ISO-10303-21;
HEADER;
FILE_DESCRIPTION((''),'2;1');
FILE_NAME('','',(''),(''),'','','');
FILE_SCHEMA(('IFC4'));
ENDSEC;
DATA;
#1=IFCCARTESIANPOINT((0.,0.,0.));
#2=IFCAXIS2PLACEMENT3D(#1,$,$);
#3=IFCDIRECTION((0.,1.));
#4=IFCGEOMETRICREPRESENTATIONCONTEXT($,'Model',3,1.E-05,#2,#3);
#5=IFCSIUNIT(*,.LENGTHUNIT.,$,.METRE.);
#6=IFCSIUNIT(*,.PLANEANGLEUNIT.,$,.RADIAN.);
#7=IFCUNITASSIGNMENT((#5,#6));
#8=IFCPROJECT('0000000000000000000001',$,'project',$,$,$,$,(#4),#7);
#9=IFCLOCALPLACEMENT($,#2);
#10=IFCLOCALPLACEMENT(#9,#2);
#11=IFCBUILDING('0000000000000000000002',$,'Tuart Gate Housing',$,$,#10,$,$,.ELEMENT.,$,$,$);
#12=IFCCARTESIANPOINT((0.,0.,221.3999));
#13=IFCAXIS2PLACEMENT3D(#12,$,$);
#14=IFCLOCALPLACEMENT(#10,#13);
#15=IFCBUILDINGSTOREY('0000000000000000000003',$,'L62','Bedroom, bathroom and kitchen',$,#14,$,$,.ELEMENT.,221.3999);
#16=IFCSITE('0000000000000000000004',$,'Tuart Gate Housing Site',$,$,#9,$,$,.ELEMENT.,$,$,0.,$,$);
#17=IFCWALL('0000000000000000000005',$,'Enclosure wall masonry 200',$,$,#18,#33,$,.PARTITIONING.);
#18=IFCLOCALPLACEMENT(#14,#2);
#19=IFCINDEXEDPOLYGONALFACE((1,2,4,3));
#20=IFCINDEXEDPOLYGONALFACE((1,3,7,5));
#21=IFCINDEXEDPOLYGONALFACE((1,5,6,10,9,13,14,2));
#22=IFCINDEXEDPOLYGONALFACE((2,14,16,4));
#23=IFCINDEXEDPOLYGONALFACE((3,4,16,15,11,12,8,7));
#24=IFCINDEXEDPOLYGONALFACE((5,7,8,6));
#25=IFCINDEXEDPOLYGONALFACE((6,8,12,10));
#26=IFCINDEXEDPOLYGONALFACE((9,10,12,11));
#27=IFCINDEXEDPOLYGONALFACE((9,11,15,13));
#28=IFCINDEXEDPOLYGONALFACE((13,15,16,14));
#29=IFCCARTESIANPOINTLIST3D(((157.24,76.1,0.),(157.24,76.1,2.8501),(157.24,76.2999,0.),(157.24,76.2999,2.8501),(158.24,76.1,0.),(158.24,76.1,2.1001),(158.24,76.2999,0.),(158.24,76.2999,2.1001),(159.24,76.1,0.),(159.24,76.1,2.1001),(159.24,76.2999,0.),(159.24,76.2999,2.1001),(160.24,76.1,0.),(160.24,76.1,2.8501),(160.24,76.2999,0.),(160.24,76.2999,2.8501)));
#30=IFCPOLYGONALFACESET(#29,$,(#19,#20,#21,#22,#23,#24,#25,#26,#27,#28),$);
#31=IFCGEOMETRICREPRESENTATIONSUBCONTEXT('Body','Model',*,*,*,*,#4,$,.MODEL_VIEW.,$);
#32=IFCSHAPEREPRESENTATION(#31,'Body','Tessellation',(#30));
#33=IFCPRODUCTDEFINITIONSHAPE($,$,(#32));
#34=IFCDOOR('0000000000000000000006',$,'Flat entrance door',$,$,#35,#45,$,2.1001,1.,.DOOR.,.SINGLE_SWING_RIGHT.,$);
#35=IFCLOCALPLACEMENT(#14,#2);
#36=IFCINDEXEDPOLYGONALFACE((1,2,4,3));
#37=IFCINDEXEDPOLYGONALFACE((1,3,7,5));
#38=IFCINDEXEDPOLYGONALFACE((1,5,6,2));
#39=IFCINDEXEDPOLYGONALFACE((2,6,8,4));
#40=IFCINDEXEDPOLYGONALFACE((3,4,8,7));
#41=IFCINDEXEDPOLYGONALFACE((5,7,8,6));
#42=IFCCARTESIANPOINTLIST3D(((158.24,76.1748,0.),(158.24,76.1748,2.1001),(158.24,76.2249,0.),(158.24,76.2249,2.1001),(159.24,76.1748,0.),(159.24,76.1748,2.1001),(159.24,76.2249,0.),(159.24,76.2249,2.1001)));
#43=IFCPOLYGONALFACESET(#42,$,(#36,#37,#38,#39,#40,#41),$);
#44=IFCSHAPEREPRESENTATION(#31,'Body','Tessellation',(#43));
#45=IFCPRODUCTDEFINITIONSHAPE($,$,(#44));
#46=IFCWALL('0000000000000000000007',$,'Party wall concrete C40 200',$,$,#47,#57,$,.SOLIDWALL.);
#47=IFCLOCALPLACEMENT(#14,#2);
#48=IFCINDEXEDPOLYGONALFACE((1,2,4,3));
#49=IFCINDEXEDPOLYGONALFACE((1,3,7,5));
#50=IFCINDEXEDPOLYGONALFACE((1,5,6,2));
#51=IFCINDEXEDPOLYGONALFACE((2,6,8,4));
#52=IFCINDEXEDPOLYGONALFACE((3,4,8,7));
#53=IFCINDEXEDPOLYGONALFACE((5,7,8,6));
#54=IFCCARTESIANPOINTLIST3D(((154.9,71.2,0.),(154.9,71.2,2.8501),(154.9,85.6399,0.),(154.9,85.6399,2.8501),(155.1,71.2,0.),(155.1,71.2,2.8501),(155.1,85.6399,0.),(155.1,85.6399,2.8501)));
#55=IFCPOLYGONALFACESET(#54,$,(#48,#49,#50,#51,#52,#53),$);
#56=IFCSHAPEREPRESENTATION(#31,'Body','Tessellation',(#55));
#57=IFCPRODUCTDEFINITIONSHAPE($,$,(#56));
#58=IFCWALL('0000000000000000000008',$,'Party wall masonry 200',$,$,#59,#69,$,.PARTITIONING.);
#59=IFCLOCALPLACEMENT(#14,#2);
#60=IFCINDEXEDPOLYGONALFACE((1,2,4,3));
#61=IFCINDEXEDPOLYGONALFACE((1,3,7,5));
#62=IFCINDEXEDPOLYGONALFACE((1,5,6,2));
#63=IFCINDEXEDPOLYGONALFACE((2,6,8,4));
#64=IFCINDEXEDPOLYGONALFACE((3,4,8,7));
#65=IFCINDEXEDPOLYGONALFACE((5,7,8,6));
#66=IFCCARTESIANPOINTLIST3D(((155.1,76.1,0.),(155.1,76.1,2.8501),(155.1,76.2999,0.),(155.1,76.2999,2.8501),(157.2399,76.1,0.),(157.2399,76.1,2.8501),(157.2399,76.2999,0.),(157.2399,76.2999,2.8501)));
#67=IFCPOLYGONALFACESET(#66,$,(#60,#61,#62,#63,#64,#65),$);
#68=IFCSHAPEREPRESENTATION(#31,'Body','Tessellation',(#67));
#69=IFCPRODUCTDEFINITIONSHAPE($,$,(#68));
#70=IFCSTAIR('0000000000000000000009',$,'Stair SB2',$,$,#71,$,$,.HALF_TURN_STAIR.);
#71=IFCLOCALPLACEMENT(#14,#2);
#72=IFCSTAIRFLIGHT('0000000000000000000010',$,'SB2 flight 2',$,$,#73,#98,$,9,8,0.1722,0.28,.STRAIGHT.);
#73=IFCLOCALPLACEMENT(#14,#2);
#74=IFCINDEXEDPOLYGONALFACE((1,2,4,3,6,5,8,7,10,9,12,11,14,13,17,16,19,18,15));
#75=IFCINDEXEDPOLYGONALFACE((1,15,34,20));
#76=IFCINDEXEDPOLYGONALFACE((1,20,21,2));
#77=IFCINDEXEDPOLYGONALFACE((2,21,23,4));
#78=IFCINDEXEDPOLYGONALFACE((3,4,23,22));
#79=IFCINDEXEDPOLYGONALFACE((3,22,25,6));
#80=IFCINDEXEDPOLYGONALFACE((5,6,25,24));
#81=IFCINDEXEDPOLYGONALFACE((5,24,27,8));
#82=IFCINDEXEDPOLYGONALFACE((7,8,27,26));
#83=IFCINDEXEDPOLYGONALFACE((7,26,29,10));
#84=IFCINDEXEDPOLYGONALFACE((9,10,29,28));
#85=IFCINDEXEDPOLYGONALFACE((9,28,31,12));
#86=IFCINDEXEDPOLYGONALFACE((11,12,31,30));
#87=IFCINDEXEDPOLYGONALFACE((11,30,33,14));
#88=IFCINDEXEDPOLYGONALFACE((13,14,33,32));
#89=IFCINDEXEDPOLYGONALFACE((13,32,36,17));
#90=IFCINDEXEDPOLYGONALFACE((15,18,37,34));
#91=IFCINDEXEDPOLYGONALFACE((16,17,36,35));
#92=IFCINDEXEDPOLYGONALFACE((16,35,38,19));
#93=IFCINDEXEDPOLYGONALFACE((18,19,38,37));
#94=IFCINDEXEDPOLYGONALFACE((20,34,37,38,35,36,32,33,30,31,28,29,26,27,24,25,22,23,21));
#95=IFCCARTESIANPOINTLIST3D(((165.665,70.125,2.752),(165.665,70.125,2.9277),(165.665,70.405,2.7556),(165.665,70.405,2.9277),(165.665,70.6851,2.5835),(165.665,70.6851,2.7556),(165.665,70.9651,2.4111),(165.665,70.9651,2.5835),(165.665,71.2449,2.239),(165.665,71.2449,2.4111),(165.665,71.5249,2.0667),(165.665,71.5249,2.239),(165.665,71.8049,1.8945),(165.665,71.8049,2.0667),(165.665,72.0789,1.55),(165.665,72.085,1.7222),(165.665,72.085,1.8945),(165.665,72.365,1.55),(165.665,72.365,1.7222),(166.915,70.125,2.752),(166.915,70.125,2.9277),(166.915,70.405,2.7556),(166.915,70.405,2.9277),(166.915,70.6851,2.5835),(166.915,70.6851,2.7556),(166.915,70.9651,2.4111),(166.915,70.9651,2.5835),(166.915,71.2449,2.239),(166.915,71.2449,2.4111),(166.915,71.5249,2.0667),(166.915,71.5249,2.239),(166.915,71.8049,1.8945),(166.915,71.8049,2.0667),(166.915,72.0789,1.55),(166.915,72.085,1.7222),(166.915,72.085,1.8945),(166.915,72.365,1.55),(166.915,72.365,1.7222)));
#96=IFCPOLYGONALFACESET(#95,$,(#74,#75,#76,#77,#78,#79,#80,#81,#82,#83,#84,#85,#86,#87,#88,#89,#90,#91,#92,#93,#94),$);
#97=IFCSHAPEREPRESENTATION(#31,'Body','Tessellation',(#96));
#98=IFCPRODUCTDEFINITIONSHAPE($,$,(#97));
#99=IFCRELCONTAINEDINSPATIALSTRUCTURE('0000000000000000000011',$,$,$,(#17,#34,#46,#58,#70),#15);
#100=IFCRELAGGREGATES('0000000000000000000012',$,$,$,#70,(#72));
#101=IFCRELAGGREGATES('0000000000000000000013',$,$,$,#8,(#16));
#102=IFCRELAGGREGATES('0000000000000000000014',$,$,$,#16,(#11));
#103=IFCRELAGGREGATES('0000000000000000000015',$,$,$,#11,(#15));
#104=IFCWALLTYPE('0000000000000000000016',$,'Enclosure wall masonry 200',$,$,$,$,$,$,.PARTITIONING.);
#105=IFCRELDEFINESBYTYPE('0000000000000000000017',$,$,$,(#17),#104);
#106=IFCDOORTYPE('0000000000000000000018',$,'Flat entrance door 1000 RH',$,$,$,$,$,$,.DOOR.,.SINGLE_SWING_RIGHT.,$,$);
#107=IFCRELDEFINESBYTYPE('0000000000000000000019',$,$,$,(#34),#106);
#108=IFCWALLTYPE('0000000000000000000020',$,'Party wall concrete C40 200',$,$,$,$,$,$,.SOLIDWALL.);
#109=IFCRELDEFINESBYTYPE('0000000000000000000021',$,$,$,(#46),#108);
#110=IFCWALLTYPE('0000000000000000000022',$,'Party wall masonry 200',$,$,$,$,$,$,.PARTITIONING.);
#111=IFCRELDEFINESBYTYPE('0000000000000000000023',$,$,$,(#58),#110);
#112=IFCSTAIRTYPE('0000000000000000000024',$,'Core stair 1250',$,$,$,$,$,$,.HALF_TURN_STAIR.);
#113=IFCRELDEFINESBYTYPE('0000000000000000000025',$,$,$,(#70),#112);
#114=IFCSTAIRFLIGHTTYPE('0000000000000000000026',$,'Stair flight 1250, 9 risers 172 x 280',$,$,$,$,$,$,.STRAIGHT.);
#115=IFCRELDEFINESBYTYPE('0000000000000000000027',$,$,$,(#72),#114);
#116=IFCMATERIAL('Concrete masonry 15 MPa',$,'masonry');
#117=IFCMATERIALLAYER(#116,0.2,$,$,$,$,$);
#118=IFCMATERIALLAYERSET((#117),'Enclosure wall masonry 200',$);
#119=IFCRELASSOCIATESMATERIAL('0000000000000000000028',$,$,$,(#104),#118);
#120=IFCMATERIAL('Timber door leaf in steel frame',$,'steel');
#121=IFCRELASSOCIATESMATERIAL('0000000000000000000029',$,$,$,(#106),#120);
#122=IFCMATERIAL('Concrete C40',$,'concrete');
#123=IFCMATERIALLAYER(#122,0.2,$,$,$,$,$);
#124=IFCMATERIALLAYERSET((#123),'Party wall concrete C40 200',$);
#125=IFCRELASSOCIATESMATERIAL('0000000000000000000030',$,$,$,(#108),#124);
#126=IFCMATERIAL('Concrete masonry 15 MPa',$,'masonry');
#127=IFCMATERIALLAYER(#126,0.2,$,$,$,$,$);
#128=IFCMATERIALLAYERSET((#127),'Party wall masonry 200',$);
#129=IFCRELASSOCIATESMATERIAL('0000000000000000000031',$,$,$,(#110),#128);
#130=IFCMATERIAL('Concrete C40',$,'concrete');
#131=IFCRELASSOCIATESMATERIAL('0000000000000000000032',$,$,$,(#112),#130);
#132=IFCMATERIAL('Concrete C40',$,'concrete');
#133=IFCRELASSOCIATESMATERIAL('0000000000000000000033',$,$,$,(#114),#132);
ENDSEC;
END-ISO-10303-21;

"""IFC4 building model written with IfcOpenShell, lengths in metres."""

from ifc_helpers import new_model, si_unit, direction, frame, frame_2d, origin, place, context, subcontext, project, spatial, polyline, rectangle, outline, extrude, material, layer, layer_set, type_object, element, fill, aggregate, save


model = new_model("IFC4")

# Units and contexts
model_context = context("Model", 3, precision=1e-05, world=origin(), true_north=direction((0.0, 1.0)))
body_context = subcontext(model_context, "Body", "Model", "MODEL_VIEW")
ifc_project = project(units=[si_unit("LENGTHUNIT", "METRE"), si_unit("PLANEANGLEUNIT", "RADIAN")], contexts=[model_context])

# Site, building, storey
site_placement = place(None, origin())
site = spatial("IfcSite", under=ifc_project, at=site_placement, Name="Tuart Gate Housing Site", CompositionType="ELEMENT", RefElevation=0.0)
building_placement = place(site_placement, origin())
building = spatial("IfcBuilding", under=site, at=building_placement, Name="Tuart Gate Housing", CompositionType="ELEMENT")
storey_placement = place(building_placement, frame((0.0, 0.0, 221.3999)))
storey = spatial("IfcBuildingStorey", under=building, at=storey_placement, Name="L62", Description="Bedroom, bathroom and kitchen", CompositionType="ELEMENT", Elevation=221.3999)

# Wall, opening, door
ifc_material_1 = material(Name="Concrete masonry 15 MPa", Category="masonry")
ifc_layer_1 = layer(ifc_material_1, 0.2)
ifc_layer_set_1 = layer_set([ifc_layer_1], Name="Enclosure wall masonry 200")
wall_type_1 = type_object("IfcWallType", Name="Enclosure wall masonry 200", PredefinedType="PARTITIONING", material=ifc_layer_set_1)
wall_1_placement = place(storey_placement, frame((157.24, 76.2, 0.0), z_axis=(0.0, 0.0, 1.0), x_axis=(1.0, 0.0, 0.0)))
wall_1 = element("IfcWall", 1, at=wall_1_placement, inside=storey, type_object=wall_type_1, Name="Enclosure wall masonry 200", PredefinedType="PARTITIONING", context=body_context, shape_type="SweptSolid", body=[
    extrude(rectangle(XDim=3.0, YDim=0.2, at=frame_2d((1.5, 0.0))), origin(), (0.0, 0.0, 1.0), 2.8501),
])
opening_1_placement = place(wall_1_placement, frame((1.0, 0.0, 0.0)))
opening_1 = element("IfcOpeningElement", 2, at=opening_1_placement, cuts=wall_1, PredefinedType="OPENING", context=body_context, shape_type="SweptSolid", body=[
    extrude(rectangle(XDim=1.0, YDim=2.1001, at=frame_2d((0.5, 1.05))), frame((0.0, 0.1099, 0.0), z_axis=(0.0, -1.0, 0.0), x_axis=(1.0, 0.0, 0.0)), (0.0, 0.0, 1.0), 0.22),
])
ifc_material_2 = material(Name="Timber door leaf in steel frame", Category="steel")
door_type_1 = type_object("IfcDoorType", Name="Flat entrance door 1000 RH", OperationType="SINGLE_SWING_RIGHT", PredefinedType="DOOR", material=ifc_material_2)
door_1_placement = place(opening_1_placement, origin())
door_1 = element("IfcDoor", 3, at=door_1_placement, inside=storey, type_object=door_type_1, Name="Flat entrance door", OperationType="SINGLE_SWING_RIGHT", OverallHeight=2.1001, OverallWidth=1.0, PredefinedType="DOOR", context=body_context, shape_type="SweptSolid", body=[
    extrude(rectangle(XDim=1.0, YDim=2.1001, at=frame_2d((0.5, 1.05))), frame((0.0, 0.0249, 0.0), z_axis=(0.0, -1.0, 0.0), x_axis=(1.0, 0.0, 0.0)), (0.0, 0.0, 1.0), 0.05),
])
fill(opening_1, door_1)

# Walls
ifc_material_3 = material(Name="Concrete C40", Category="concrete")
ifc_layer_2 = layer(ifc_material_3, 0.2)
ifc_layer_set_2 = layer_set([ifc_layer_2], Name="Party wall concrete C40 200")
wall_type_2 = type_object("IfcWallType", Name="Party wall concrete C40 200", PredefinedType="SOLIDWALL", material=ifc_layer_set_2)
wall_2_placement = place(storey_placement, frame((155.0, 71.2, 0.0), z_axis=(0.0, 0.0, 1.0), x_axis=(0.0, 1.0, 0.0)))
element("IfcWall", 4, at=wall_2_placement, inside=storey, type_object=wall_type_2, Name="Party wall concrete C40 200", PredefinedType="SOLIDWALL", context=body_context, shape_type="SweptSolid", body=[
    extrude(rectangle(XDim=14.4399, YDim=0.2, at=frame_2d((7.22, 0.0))), origin(), (0.0, 0.0, 1.0), 2.8501),
])
ifc_material_4 = material(Name="Concrete masonry 15 MPa", Category="masonry")
ifc_layer_3 = layer(ifc_material_4, 0.2)
ifc_layer_set_3 = layer_set([ifc_layer_3], Name="Party wall masonry 200")
wall_type_3 = type_object("IfcWallType", Name="Party wall masonry 200", PredefinedType="PARTITIONING", material=ifc_layer_set_3)
wall_3_placement = place(storey_placement, frame((155.1001, 76.2, 0.0), z_axis=(0.0, 0.0, 1.0), x_axis=(1.0, 0.0, 0.0)))
element("IfcWall", 5, at=wall_3_placement, inside=storey, type_object=wall_type_3, Name="Party wall masonry 200", PredefinedType="PARTITIONING", context=body_context, shape_type="SweptSolid", body=[
    extrude(rectangle(XDim=2.1399, YDim=0.2, at=frame_2d((1.0698, 0.0))), origin(), (0.0, 0.0, 1.0), 2.8501),
])

# Stair, stair flight
ifc_material_5 = material(Name="Concrete C40", Category="concrete")
stair_type = type_object("IfcStairType", Name="Core stair 1250", PredefinedType="HALF_TURN_STAIR", material=ifc_material_5)
stair_placement = place(storey_placement, origin())
stair = element("IfcStair", 6, at=stair_placement, inside=storey, type_object=stair_type, Name="Stair SB2", PredefinedType="HALF_TURN_STAIR")
ifc_material_6 = material(Name="Concrete C40", Category="concrete")
stair_flight_type = type_object("IfcStairFlightType", Name="Stair flight 1250, 9 risers 172 x 280", PredefinedType="STRAIGHT", material=ifc_material_6)
stair_flight_placement = place(storey_placement, frame((166.29, 72.365, 1.55), z_axis=(0.0, 0.0, 1.0), x_axis=(0.0, -1.0, 0.0)))
stair_flight = element("IfcStairFlight", 7, at=stair_flight_placement, type_object=stair_flight_type, Name="SB2 flight 2", NumberOfRisers=9, NumberOfTreads=8, PredefinedType="STRAIGHT", RiserHeight=0.1722, TreadLength=0.28, context=body_context, shape_type="SweptSolid", body=[
    extrude(outline(polyline([(0.0, 0.0), (0.0, 0.1721), (0.28, 0.1721), (0.28, 0.3445), (0.5601, 0.3445), (0.5601, 0.5166), (0.8401, 0.5166), (0.8401, 0.689), (1.1201, 0.689), (1.1201, 0.8611), (1.3999, 0.8611), (1.3999, 1.0334), (1.6799, 1.0334), (1.6799, 1.2056), (1.96, 1.2056), (1.96, 1.3777), (2.24, 1.3777), (2.24, 1.55), (2.24, 1.2019), (0.2861, 0.0), (0.0, 0.0)])), frame((0.0, 0.625, 0.0), z_axis=(0.0, -1.0, 0.0), x_axis=(1.0, 0.0, 0.0)), (0.0, 0.0, 1.0), 1.25),
])
aggregate(stair, [stair_flight])

save(model, "model.ifc")
